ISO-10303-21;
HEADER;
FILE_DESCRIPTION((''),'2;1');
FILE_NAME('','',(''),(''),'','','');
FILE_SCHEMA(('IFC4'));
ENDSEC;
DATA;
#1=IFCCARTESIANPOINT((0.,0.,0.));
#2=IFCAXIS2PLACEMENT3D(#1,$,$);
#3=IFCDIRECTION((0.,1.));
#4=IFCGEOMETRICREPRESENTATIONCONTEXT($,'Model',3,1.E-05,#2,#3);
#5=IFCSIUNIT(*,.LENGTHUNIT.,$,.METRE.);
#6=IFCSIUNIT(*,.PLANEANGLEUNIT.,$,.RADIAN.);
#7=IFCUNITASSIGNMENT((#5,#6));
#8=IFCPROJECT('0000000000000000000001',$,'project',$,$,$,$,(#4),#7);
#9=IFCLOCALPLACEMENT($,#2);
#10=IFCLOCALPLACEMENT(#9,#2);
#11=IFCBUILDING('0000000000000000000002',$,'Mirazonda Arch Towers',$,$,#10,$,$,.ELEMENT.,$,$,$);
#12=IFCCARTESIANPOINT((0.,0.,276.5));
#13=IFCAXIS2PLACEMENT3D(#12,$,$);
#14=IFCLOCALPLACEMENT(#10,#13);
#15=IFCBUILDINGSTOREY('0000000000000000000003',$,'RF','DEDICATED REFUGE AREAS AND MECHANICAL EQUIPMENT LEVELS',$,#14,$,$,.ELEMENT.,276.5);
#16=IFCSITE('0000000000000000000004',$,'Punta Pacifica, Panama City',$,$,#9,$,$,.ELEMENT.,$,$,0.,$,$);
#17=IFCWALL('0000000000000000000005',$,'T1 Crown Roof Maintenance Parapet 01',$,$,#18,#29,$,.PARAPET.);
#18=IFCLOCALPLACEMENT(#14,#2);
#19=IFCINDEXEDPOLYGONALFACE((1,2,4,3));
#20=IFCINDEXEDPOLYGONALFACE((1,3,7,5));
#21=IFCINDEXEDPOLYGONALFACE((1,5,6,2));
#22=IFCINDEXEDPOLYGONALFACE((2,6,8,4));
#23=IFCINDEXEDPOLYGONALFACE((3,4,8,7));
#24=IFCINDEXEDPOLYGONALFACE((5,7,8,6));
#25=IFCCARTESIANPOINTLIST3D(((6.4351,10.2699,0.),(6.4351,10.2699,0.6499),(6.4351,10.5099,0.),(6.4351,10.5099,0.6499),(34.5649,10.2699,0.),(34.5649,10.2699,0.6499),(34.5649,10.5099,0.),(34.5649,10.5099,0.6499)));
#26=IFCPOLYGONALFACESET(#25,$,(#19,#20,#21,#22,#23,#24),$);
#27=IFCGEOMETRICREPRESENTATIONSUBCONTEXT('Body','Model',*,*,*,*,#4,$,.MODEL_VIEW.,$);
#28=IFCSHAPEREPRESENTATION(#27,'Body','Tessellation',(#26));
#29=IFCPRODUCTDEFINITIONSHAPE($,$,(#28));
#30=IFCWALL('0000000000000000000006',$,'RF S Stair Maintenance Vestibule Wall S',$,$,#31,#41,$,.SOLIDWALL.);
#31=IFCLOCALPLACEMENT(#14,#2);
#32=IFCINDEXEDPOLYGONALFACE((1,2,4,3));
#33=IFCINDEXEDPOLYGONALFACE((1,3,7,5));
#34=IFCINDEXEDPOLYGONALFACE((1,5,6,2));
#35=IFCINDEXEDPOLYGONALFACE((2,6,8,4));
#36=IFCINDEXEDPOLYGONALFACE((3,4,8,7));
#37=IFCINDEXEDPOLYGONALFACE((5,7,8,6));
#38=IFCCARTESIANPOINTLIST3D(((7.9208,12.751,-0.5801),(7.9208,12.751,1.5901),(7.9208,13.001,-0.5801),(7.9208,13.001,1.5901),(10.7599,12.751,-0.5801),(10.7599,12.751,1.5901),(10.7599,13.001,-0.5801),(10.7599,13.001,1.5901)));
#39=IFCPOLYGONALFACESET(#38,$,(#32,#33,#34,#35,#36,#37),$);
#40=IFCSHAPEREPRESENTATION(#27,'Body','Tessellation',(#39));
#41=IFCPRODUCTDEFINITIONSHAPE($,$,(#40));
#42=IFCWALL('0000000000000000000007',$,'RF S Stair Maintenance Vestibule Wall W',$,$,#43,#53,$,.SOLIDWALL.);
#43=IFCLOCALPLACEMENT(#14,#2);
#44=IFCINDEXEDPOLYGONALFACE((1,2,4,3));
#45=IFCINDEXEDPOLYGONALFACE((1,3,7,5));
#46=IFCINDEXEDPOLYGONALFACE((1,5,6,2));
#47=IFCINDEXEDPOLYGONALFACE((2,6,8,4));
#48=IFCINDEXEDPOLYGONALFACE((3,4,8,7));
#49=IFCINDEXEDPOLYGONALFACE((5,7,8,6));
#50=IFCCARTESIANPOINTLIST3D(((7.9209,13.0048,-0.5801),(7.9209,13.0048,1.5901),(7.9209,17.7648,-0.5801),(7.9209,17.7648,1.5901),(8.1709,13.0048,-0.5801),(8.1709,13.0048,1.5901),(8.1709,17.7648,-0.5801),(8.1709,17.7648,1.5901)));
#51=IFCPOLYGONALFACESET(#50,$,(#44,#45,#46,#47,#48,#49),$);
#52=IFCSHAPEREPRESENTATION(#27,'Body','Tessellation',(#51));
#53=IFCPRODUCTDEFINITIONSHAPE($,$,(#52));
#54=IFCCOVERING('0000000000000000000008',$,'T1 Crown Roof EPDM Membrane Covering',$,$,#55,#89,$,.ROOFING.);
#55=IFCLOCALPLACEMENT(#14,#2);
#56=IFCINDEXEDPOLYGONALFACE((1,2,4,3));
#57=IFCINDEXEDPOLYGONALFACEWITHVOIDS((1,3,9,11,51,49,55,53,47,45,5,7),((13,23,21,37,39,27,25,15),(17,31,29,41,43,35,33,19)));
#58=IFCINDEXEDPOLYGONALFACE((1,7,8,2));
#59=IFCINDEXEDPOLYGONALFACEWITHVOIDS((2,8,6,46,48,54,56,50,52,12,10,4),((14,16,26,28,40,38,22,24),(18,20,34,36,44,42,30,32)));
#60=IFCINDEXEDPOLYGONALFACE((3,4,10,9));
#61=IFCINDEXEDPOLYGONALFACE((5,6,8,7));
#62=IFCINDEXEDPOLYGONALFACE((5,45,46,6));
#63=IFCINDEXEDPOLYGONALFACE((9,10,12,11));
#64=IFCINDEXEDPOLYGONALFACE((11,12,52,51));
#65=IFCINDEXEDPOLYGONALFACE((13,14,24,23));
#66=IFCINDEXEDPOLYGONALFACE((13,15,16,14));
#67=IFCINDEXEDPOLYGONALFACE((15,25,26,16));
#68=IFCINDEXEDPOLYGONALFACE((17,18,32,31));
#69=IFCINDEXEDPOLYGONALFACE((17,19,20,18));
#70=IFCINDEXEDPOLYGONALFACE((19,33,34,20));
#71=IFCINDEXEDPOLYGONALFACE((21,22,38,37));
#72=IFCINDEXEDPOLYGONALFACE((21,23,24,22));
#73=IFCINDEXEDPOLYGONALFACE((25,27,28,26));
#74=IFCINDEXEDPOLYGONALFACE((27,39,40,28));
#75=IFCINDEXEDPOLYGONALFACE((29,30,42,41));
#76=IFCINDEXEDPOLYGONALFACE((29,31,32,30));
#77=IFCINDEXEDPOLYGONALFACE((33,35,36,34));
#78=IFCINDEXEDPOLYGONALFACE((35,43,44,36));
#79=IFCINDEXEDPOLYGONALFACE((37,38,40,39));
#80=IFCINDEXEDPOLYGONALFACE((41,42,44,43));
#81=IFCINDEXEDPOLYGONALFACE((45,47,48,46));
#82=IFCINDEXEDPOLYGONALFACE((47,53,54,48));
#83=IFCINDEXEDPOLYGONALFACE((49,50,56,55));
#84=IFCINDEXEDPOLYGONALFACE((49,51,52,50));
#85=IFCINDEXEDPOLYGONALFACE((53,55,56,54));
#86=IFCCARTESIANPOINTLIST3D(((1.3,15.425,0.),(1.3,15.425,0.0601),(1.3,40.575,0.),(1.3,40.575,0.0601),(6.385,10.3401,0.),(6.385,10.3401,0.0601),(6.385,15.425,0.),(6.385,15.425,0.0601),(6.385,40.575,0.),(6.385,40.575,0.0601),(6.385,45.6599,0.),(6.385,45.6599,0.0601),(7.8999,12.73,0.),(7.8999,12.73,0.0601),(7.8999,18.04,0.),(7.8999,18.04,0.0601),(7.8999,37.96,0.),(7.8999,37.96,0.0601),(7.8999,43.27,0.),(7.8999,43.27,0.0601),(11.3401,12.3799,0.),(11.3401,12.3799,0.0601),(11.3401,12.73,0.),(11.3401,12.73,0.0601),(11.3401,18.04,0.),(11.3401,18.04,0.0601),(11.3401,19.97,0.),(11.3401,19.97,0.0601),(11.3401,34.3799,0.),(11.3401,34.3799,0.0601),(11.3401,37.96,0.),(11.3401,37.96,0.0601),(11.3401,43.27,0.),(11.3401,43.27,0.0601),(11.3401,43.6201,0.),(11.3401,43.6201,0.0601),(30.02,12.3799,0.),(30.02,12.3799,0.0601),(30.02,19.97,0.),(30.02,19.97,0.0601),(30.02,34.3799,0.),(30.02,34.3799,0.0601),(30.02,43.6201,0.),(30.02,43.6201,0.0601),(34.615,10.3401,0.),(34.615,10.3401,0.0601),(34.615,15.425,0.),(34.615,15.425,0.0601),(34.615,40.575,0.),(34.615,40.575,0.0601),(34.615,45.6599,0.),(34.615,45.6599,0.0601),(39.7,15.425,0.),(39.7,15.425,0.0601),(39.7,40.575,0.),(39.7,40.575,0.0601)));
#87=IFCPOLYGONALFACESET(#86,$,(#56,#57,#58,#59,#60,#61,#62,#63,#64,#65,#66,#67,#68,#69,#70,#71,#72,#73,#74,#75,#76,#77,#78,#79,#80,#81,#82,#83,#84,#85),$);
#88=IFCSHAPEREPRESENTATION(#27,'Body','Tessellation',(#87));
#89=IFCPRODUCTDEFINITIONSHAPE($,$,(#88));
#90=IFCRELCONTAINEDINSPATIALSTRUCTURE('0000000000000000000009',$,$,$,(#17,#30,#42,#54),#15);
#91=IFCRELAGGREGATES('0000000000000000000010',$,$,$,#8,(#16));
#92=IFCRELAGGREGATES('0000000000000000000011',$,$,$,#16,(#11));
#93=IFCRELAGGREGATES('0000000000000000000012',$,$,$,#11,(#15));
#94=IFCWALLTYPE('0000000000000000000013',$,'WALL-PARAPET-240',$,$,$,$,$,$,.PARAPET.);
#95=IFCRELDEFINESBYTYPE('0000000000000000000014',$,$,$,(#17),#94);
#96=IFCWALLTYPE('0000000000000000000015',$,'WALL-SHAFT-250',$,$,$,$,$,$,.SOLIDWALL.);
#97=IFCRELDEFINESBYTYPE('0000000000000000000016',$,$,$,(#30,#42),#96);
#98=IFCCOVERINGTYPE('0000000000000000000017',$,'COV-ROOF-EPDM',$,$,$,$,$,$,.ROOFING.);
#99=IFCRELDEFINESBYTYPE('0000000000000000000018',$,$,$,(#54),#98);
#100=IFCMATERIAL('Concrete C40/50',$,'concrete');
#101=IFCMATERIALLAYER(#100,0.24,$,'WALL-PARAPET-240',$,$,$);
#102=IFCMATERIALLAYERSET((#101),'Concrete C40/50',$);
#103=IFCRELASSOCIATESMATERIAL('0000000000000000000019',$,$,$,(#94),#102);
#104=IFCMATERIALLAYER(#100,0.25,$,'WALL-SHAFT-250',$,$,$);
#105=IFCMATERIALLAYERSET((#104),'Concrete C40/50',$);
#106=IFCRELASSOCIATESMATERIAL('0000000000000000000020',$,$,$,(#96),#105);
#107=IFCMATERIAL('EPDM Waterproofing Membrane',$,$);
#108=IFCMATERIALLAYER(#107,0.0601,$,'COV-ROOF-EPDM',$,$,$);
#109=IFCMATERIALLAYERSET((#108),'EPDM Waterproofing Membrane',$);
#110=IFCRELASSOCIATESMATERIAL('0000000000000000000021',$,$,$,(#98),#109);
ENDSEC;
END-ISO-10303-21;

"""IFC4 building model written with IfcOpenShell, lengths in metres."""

from ifc_helpers import new_model, si_unit, direction, frame, frame_2d, origin, place, context, subcontext, project, spatial, polyline, rectangle, outline, extrude, material, layer, layer_set, type_object, element, save


model = new_model("IFC4")

# Units and contexts
model_context = context("Model", 3, precision=1e-05, world=origin(), true_north=direction((0.0, 1.0)))
body_context = subcontext(model_context, "Body", "Model", "MODEL_VIEW")
ifc_project = project(units=[si_unit("LENGTHUNIT", "METRE"), si_unit("PLANEANGLEUNIT", "RADIAN")], contexts=[model_context])

# Site, building, storey
site_placement = place(None, origin())
site = spatial("IfcSite", under=ifc_project, at=site_placement, Name="Punta Pacifica, Panama City", CompositionType="ELEMENT", RefElevation=0.0)
building_placement = place(site_placement, origin())
building = spatial("IfcBuilding", under=site, at=building_placement, Name="Mirazonda Arch Towers", CompositionType="ELEMENT")
storey_placement = place(building_placement, frame((0.0, 0.0, 276.5)))
storey = spatial("IfcBuildingStorey", under=building, at=storey_placement, Name="RF", Description="DEDICATED REFUGE AREAS AND MECHANICAL EQUIPMENT LEVELS", CompositionType="ELEMENT", Elevation=276.5)

# Shared definitions
ifc_material_1 = material(Name="Concrete C40/50", Category="concrete")

# Walls
ifc_layer_1 = layer(ifc_material_1, 0.24, Name="WALL-PARAPET-240")
ifc_layer_set_1 = layer_set([ifc_layer_1], Name="Concrete C40/50")
wall_type_1 = type_object("IfcWallType", Name="WALL-PARAPET-240", PredefinedType="PARAPET", material=ifc_layer_set_1)
wall_1_placement = place(storey_placement, frame((6.4351, 10.3899, 0.0), z_axis=(0.0, 0.0, 1.0), x_axis=(1.0, 0.0, 0.0)))
element("IfcWall", 1, at=wall_1_placement, inside=storey, type_object=wall_type_1, Name="T1 Crown Roof Maintenance Parapet 01", PredefinedType="PARAPET", context=body_context, shape_type="SweptSolid", body=[
    extrude(rectangle(XDim=28.1299, YDim=0.24, at=frame_2d((14.0649, 0.0))), origin(), (0.0, 0.0, 1.0), 0.6499),
])
ifc_layer_2 = layer(ifc_material_1, 0.25, Name="WALL-SHAFT-250")
ifc_layer_set_2 = layer_set([ifc_layer_2], Name="Concrete C40/50")
wall_type_2 = type_object("IfcWallType", Name="WALL-SHAFT-250", PredefinedType="SOLIDWALL", material=ifc_layer_set_2)
wall_2_placement = place(storey_placement, frame((7.9209, 12.876, -0.5801), z_axis=(0.0, 0.0, 1.0), x_axis=(1.0, 0.0, 0.0)))
element("IfcWall", 2, at=wall_2_placement, inside=storey, type_object=wall_type_2, Name="RF S Stair Maintenance Vestibule Wall S", PredefinedType="SOLIDWALL", context=body_context, shape_type="SweptSolid", body=[
    extrude(rectangle(XDim=2.8391, YDim=0.25, at=frame_2d((1.4194, 0.0))), origin(), (0.0, 0.0, 1.0), 2.1702),
])
wall_3_placement = place(storey_placement, frame((8.0459, 13.0049, -0.5801), z_axis=(0.0, 0.0, 1.0), x_axis=(0.0, 1.0, 0.0)))
element("IfcWall", 3, at=wall_3_placement, inside=storey, type_object=wall_type_2, Name="RF S Stair Maintenance Vestibule Wall W", PredefinedType="SOLIDWALL", context=body_context, shape_type="SweptSolid", body=[
    extrude(rectangle(XDim=4.76, YDim=0.25, at=frame_2d((2.3799, 0.0))), origin(), (0.0, 0.0, 1.0), 2.1702),
])

# Covering
ifc_material_2 = material(Name="EPDM Waterproofing Membrane")
ifc_layer_3 = layer(ifc_material_2, 0.0601, Name="COV-ROOF-EPDM")
ifc_layer_set_3 = layer_set([ifc_layer_3], Name="EPDM Waterproofing Membrane")
covering_type = type_object("IfcCoveringType", Name="COV-ROOF-EPDM", PredefinedType="ROOFING", material=ifc_layer_set_3)
covering_placement = place(storey_placement, origin())
element("IfcCovering", 4, at=covering_placement, inside=storey, type_object=covering_type, Name="T1 Crown Roof EPDM Membrane Covering", PredefinedType="ROOFING", context=body_context, shape_type="SweptSolid", body=[
    extrude(outline(polyline([(6.385, 10.3401), (34.615, 10.3401), (34.615, 15.425), (39.7, 15.425), (39.7, 40.575), (34.615, 40.575), (34.615, 45.6599), (6.385, 45.6599), (6.385, 40.575), (1.3, 40.575), (1.3, 15.425), (6.385, 15.425), (6.385, 10.3401)]), holes=[polyline([(11.3401, 18.04), (11.3401, 19.97), (30.02, 19.97), (30.02, 12.3799), (11.3401, 12.3799), (11.3401, 12.73), (7.8999, 12.73), (7.8999, 18.04), (11.3401, 18.04)]), polyline([(30.02, 34.3799), (11.3401, 34.3799), (11.3401, 37.96), (7.8999, 37.96), (7.8999, 43.27), (11.3401, 43.27), (11.3401, 43.6201), (30.02, 43.6201), (30.02, 34.3799)])]), origin(), (0.0, 0.0, 1.0), 0.0601),
])

save(model, "model.ifc")
